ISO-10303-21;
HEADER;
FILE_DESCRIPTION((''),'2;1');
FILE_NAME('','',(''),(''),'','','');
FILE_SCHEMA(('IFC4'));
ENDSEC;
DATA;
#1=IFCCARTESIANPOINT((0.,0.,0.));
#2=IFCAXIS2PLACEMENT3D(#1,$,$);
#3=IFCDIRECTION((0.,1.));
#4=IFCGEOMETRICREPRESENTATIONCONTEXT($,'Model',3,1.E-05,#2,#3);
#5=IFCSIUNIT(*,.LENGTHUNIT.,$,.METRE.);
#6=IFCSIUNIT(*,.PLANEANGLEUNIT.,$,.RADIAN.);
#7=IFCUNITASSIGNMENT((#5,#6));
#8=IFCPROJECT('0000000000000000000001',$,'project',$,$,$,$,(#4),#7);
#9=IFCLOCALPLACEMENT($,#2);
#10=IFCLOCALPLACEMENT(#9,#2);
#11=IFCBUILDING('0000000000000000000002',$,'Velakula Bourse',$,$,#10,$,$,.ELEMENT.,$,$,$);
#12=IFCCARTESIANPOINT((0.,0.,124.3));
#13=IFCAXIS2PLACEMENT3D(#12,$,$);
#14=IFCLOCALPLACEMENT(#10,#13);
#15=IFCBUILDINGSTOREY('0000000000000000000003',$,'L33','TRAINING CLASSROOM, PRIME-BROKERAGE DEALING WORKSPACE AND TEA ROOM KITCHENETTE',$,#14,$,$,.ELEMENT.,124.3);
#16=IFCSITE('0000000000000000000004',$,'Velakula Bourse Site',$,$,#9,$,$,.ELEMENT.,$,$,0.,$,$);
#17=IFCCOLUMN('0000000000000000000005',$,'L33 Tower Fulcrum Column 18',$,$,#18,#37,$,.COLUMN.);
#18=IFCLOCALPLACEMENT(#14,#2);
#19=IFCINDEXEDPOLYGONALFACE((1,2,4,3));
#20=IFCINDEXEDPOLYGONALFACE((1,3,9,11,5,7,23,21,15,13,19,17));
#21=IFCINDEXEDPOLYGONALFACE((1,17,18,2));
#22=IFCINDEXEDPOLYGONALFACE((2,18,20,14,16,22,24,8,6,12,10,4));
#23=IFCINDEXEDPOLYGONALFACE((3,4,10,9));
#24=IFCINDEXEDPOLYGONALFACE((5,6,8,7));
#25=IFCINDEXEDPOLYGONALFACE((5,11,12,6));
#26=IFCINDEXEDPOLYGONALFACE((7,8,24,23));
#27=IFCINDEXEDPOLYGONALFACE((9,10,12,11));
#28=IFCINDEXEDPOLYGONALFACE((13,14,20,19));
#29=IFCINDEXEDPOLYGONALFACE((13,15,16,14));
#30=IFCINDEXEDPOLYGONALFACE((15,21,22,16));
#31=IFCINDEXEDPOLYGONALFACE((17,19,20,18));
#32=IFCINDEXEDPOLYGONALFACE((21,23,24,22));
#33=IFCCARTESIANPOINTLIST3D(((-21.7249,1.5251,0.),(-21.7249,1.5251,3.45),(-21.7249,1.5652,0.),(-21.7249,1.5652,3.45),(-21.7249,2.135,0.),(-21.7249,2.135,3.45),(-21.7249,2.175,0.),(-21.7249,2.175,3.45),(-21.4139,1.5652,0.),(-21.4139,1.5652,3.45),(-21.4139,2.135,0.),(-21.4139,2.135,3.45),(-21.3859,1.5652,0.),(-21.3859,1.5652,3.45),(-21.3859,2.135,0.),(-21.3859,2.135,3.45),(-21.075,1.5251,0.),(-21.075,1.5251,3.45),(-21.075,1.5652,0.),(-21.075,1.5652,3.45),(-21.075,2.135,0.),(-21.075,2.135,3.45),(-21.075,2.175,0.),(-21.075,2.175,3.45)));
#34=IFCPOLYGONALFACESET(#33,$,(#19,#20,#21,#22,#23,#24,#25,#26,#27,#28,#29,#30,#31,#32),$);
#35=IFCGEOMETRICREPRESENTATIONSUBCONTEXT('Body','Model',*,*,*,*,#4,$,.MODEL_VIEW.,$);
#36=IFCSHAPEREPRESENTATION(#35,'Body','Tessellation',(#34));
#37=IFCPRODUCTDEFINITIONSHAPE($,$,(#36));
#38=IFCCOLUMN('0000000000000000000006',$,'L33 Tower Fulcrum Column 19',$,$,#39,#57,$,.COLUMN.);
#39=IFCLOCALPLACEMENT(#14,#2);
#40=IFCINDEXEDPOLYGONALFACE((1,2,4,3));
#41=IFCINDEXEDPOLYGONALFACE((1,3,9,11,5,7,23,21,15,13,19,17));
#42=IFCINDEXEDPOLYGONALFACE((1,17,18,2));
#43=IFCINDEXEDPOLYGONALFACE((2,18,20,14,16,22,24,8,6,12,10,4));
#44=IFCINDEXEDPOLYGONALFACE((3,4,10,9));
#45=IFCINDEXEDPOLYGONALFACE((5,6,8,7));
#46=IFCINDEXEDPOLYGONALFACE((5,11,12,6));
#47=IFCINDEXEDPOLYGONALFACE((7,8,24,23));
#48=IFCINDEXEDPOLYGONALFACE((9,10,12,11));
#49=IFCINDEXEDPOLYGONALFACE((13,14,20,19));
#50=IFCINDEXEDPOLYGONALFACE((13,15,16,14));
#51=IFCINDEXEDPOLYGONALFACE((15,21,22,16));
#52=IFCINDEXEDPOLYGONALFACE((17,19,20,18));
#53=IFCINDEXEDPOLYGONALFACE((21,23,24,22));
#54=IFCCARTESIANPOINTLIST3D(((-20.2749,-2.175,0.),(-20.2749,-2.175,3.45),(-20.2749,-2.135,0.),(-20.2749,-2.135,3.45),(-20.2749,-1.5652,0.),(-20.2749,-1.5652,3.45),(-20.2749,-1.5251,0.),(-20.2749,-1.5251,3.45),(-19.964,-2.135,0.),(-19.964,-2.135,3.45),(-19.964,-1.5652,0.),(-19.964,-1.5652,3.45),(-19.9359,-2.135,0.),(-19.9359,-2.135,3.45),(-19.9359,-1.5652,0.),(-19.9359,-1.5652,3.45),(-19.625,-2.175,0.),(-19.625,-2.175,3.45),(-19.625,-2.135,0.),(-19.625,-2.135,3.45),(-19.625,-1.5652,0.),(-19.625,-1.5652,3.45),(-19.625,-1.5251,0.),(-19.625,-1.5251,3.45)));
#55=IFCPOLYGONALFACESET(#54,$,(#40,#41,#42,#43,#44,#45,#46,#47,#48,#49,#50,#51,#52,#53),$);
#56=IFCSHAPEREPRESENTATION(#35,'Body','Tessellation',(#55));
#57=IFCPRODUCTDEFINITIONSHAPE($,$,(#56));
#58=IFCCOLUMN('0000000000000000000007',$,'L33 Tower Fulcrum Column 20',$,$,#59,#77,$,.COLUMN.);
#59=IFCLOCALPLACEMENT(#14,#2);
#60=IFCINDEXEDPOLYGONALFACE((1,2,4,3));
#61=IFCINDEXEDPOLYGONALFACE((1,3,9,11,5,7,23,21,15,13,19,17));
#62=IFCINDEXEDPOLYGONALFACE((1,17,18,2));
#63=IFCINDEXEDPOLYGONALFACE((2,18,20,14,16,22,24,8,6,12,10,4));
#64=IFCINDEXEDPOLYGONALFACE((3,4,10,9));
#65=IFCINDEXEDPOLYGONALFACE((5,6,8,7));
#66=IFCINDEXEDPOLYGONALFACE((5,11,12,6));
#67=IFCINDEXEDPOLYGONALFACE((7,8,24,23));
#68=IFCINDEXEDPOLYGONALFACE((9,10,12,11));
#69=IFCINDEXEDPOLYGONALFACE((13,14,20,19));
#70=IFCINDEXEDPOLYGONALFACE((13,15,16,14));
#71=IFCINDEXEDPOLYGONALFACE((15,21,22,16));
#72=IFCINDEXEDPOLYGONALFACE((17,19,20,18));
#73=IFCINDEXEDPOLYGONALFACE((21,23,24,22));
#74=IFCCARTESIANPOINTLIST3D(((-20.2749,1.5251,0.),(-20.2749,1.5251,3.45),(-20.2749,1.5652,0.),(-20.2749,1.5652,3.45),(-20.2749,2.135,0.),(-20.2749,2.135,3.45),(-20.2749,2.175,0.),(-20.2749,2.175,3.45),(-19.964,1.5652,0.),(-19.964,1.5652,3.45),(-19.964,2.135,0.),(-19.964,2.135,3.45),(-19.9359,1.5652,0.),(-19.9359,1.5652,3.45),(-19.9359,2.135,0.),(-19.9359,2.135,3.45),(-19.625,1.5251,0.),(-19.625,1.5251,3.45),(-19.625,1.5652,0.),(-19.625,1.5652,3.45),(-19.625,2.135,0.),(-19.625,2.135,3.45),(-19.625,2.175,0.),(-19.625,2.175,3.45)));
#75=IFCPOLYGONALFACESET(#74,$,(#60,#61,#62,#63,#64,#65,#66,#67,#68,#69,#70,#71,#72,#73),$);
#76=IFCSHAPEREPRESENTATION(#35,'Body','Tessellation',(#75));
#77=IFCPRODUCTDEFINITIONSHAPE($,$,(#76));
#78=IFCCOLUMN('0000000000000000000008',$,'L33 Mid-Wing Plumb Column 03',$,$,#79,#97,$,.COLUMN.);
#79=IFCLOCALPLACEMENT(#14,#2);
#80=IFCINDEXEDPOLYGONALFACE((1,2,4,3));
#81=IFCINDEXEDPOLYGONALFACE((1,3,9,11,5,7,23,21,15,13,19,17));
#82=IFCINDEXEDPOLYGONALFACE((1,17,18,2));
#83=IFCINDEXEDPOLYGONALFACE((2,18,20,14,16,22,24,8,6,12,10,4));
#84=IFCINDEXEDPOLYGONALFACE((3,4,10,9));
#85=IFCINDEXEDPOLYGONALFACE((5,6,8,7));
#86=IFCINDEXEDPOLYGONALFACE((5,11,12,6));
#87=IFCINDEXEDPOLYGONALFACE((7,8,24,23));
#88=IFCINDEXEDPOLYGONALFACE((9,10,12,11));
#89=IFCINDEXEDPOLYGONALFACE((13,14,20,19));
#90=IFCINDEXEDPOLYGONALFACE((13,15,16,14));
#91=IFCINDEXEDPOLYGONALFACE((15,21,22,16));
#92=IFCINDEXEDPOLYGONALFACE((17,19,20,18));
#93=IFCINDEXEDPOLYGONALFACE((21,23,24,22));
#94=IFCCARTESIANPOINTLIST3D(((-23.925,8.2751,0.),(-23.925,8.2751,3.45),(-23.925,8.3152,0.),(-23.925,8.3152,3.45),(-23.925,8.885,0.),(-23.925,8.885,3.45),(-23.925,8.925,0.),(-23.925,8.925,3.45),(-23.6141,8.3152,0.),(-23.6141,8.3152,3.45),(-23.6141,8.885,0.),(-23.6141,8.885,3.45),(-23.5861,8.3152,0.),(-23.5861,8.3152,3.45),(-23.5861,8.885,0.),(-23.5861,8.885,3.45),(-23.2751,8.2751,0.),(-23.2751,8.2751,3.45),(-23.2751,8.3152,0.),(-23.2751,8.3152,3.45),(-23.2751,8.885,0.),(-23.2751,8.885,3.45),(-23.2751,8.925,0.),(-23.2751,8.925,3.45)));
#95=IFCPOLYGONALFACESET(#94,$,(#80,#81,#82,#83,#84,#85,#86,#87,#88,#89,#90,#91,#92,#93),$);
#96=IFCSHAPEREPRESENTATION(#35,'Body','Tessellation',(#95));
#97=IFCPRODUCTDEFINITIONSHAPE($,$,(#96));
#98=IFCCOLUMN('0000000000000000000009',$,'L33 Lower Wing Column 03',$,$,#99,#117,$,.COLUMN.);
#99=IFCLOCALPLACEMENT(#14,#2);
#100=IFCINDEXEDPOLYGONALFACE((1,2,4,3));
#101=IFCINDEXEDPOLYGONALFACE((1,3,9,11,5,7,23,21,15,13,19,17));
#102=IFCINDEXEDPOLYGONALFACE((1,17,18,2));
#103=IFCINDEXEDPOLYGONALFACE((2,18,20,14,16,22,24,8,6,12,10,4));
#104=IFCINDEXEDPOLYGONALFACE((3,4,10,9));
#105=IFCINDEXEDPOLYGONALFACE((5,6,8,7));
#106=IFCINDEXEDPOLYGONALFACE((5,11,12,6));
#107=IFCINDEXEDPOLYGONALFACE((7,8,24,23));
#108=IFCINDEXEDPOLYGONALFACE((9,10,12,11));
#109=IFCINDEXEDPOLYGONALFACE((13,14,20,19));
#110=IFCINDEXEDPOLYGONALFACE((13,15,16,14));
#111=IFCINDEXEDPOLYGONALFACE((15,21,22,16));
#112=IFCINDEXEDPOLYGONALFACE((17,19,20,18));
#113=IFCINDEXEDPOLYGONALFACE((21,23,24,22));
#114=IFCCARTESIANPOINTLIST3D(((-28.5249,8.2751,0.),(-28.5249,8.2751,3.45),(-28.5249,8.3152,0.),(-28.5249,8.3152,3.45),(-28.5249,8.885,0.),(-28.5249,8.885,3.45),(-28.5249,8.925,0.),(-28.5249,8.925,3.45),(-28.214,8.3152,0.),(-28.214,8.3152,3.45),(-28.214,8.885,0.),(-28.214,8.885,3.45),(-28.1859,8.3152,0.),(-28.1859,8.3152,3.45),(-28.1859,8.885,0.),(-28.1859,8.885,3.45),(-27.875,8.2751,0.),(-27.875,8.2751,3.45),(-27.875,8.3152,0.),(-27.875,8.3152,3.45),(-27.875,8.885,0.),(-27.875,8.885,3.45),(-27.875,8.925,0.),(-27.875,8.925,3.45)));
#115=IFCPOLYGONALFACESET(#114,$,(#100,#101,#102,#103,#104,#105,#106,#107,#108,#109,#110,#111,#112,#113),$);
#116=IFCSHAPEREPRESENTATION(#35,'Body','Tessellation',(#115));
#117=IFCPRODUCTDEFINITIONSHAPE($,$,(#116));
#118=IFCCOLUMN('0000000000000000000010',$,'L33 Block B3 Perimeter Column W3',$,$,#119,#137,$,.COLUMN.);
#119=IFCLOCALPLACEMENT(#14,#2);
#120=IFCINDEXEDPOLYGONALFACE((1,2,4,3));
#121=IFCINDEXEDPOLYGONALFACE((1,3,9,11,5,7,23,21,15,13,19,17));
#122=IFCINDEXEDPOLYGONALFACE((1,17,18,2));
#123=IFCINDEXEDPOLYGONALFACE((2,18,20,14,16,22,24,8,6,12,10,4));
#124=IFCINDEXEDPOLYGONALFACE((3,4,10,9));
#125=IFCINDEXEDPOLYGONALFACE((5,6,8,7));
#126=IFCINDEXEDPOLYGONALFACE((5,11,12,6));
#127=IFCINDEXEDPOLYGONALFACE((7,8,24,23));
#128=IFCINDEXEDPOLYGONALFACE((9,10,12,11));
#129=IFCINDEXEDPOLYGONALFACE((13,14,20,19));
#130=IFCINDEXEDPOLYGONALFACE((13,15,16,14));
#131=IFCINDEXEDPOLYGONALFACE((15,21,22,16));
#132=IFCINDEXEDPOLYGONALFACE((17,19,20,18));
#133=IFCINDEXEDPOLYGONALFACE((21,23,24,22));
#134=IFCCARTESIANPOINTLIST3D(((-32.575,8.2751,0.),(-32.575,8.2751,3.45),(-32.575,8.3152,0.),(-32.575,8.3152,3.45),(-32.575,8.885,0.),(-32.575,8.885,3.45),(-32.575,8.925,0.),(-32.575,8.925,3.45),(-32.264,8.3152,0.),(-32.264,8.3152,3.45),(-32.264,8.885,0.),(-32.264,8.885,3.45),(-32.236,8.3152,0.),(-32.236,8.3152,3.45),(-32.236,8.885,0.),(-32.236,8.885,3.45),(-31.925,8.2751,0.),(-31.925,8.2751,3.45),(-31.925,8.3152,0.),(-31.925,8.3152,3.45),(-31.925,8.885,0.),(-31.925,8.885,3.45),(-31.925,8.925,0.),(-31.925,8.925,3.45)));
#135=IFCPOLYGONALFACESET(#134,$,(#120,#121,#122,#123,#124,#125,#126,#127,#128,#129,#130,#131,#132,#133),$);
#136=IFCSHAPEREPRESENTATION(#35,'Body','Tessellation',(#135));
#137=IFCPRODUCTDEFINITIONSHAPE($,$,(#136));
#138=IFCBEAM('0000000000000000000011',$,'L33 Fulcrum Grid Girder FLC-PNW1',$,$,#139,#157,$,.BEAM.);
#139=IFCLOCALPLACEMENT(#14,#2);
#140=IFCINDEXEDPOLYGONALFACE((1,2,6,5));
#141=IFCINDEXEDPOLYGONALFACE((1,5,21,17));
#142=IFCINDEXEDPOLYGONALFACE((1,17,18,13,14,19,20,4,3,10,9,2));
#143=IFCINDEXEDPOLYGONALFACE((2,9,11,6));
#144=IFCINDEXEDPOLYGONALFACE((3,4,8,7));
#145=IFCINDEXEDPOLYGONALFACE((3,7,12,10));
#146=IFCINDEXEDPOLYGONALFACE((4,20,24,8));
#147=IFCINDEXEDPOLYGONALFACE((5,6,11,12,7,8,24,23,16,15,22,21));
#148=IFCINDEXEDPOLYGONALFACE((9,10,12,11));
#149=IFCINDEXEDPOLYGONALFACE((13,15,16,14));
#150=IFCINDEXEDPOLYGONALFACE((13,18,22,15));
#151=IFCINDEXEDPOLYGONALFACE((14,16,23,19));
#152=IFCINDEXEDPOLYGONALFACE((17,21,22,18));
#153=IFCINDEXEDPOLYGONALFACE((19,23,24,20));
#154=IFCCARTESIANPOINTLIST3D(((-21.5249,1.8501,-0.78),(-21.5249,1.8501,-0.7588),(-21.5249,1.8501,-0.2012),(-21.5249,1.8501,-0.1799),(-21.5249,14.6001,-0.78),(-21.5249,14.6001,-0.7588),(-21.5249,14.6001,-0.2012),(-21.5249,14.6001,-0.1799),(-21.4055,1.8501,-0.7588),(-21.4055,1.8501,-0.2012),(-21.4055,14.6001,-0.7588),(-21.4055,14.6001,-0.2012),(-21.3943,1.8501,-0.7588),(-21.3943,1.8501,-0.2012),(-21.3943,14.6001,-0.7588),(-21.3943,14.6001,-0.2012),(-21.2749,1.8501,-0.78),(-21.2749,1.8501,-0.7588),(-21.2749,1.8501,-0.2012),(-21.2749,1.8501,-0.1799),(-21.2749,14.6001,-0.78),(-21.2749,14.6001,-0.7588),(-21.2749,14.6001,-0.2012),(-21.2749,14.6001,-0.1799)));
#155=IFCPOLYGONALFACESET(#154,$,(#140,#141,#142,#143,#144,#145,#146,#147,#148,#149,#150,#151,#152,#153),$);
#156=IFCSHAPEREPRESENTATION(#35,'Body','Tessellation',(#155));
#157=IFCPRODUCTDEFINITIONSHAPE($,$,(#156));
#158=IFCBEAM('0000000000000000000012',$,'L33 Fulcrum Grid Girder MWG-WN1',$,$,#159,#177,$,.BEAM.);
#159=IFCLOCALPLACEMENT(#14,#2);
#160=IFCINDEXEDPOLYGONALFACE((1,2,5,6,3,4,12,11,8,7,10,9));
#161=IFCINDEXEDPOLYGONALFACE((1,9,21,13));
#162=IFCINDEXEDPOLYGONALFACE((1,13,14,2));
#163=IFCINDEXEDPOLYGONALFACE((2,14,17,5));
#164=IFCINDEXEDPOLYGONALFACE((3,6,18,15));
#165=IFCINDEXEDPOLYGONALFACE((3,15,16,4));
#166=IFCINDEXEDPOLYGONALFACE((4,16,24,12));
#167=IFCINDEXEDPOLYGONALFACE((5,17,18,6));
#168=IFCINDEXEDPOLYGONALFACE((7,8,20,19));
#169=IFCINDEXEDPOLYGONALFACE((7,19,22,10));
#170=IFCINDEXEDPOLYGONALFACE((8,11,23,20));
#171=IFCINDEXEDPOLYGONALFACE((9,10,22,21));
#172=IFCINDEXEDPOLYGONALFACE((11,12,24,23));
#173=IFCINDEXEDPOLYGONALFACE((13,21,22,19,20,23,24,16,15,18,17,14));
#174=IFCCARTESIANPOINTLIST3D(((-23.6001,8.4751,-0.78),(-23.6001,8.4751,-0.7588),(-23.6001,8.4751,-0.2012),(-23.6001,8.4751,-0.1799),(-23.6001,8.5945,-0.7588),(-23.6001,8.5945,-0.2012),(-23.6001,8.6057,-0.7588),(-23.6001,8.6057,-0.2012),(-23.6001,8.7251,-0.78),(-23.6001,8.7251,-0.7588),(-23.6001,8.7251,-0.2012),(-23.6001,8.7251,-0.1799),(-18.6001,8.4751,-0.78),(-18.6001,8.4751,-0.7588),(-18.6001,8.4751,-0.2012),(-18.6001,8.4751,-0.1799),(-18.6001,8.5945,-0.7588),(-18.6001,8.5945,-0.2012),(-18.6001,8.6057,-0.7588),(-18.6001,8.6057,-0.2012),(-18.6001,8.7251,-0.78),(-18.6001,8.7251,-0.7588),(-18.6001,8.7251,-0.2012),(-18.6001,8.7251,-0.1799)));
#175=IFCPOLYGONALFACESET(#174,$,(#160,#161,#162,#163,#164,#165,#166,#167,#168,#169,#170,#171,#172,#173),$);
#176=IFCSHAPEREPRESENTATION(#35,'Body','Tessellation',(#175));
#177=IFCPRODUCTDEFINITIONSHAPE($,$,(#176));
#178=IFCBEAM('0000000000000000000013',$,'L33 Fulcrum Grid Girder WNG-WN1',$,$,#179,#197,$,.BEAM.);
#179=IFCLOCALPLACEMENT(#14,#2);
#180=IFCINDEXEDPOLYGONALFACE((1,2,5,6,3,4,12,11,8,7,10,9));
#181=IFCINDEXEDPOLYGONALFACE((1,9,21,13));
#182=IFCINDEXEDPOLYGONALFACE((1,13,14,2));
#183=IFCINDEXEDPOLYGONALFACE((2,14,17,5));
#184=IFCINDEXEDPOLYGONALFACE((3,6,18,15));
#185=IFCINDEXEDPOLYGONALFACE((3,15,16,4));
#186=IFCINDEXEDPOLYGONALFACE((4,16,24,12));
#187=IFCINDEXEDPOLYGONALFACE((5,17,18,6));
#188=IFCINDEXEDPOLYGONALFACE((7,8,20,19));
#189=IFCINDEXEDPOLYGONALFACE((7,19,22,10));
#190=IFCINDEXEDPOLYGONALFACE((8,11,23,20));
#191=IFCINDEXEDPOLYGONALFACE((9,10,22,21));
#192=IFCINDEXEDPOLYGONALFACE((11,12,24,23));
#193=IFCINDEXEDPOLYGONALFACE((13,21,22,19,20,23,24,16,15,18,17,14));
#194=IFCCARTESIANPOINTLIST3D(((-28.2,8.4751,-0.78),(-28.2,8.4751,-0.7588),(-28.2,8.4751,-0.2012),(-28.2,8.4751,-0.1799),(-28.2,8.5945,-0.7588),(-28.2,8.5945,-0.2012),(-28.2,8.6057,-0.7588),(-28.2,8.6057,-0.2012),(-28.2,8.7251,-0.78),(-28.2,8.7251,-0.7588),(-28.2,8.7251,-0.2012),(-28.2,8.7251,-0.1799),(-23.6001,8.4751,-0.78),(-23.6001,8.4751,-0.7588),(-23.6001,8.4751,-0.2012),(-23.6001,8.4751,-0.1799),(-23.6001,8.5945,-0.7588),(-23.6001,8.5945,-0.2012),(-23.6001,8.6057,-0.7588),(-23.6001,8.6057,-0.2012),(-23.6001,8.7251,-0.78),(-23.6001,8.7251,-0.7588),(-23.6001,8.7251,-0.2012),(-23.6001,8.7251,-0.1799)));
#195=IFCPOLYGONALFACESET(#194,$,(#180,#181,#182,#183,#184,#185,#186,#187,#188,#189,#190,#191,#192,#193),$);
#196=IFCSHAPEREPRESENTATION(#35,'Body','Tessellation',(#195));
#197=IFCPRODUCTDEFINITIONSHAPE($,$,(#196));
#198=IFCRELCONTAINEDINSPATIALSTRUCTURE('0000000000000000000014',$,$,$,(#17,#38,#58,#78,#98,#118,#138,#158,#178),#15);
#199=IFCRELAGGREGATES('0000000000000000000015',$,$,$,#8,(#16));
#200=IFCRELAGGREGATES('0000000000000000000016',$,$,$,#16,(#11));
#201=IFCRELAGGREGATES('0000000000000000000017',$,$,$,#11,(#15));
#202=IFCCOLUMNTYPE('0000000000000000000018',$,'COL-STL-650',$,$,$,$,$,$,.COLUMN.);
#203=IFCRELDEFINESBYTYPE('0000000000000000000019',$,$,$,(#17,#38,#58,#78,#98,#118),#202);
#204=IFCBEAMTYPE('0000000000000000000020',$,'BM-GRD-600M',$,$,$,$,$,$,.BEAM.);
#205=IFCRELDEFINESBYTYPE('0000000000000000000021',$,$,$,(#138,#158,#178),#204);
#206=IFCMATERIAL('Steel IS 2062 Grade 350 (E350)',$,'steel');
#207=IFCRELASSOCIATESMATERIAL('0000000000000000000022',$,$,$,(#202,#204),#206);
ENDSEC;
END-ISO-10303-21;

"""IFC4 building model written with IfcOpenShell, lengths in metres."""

from ifc_helpers import new_model, si_unit, direction, frame, origin, origin_2d, place, context, subcontext, project, spatial, i_section, extrude, material, material_profile, profile_set, type_object, element, save


model = new_model("IFC4")

# Units and contexts
model_context = context("Model", 3, precision=1e-05, world=origin(), true_north=direction((0.0, 1.0)))
body_context = subcontext(model_context, "Body", "Model", "MODEL_VIEW")
ifc_project = project(units=[si_unit("LENGTHUNIT", "METRE"), si_unit("PLANEANGLEUNIT", "RADIAN")], contexts=[model_context])

# Site, building, storey
site_placement = place(None, origin())
site = spatial("IfcSite", under=ifc_project, at=site_placement, Name="Velakula Bourse Site", CompositionType="ELEMENT", RefElevation=0.0)
building_placement = place(site_placement, origin())
building = spatial("IfcBuilding", under=site, at=building_placement, Name="Velakula Bourse", CompositionType="ELEMENT")
storey_placement = place(building_placement, frame((0.0, 0.0, 124.3)))
storey = spatial("IfcBuildingStorey", under=building, at=storey_placement, Name="L33", Description="TRAINING CLASSROOM, PRIME-BROKERAGE DEALING WORKSPACE AND TEA ROOM KITCHENETTE", CompositionType="ELEMENT", Elevation=124.3)

# Columns
ifc_material_1 = material(Name="Steel IS 2062 Grade 350 (E350)", Category="steel")
ifc_material_profile_1 = material_profile(ifc_material_1, i_section(OverallWidth=0.6499, OverallDepth=0.6499, WebThickness=0.0281, FlangeThickness=0.04, at=origin_2d()), Name="Steel IS 2062 Grade 350 (E350)")
ifc_profile_set_1 = profile_set([ifc_material_profile_1], Name="Steel IS 2062 Grade 350 (E350)")
column_type = type_object("IfcColumnType", Name="COL-STL-650", PredefinedType="COLUMN", material=ifc_profile_set_1)
for number, where, z_axis, x_axis, name in (
    (1, (-21.3999, 1.8501, 0.0), (0.0, 0.0, 1.0), (1.0, 0.0, 0.0), "L33 Tower Fulcrum Column 18"),
    (2, (-19.95, -1.8501, 0.0), (0.0, 0.0, 1.0), (1.0, 0.0, 0.0), "L33 Tower Fulcrum Column 19"),
    (3, (-19.95, 1.8501, 0.0), (0.0, 0.0, 1.0), (1.0, 0.0, 0.0), "L33 Tower Fulcrum Column 20"),
    (4, (-23.6001, 8.6001, 0.0), (0.0, 0.0, 1.0), (1.0, 0.0, 0.0), "L33 Mid-Wing Plumb Column 03"),
    (5, (-28.2, 8.6001, 0.0), (0.0, 0.0, 1.0), (1.0, 0.0, 0.0), "L33 Lower Wing Column 03"),
    (6, (-32.25, 8.6001, 0.0), (0.0, 0.0, 1.0), (1.0, 0.0, 0.0), "L33 Block B3 Perimeter Column W3"),
):
    element("IfcColumn", number, at=place(storey_placement, frame(where, z_axis=z_axis, x_axis=x_axis)), inside=storey, type_object=column_type, Name=name, PredefinedType="COLUMN", context=body_context, shape_type="SweptSolid", body=[
        extrude(i_section(OverallWidth=0.6499, OverallDepth=0.6499, WebThickness=0.0281, FlangeThickness=0.04, at=origin_2d()), origin(), (0.0, 0.0, 1.0), 3.45),
    ])

# Beams
ifc_material_profile_2 = material_profile(ifc_material_1, i_section(OverallWidth=0.25, OverallDepth=0.6001, WebThickness=0.0112, FlangeThickness=0.0212, at=origin_2d()), Name="Steel IS 2062 Grade 350 (E350)")
ifc_profile_set_2 = profile_set([ifc_material_profile_2], Name="Steel IS 2062 Grade 350 (E350)")
beam_type_1 = type_object("IfcBeamType", Name="BM-GRD-600M", PredefinedType="BEAM", material=ifc_profile_set_2)
beam_1_placement = place(storey_placement, frame((-21.3999, 1.8501, -0.48), z_axis=(0.0, 1.0, 0.0), x_axis=(-1.0, 0.0, 0.0)))
element("IfcBeam", 7, at=beam_1_placement, inside=storey, type_object=beam_type_1, Name="L33 Fulcrum Grid Girder FLC-PNW1", PredefinedType="BEAM", context=body_context, shape_type="SweptSolid", body=[
    extrude(i_section(OverallWidth=0.25, OverallDepth=0.6001, WebThickness=0.0112, FlangeThickness=0.0212, at=origin_2d()), origin(), (0.0, 0.0, 1.0), 12.75),
])
beam_2_placement = place(storey_placement, frame((-23.6001, 8.6001, -0.48), z_axis=(1.0, 0.0, 0.0), x_axis=(0.0, 1.0, 0.0)))
element("IfcBeam", 8, at=beam_2_placement, inside=storey, type_object=beam_type_1, Name="L33 Fulcrum Grid Girder MWG-WN1", PredefinedType="BEAM", context=body_context, shape_type="SweptSolid", body=[
    extrude(i_section(OverallWidth=0.25, OverallDepth=0.6001, WebThickness=0.0112, FlangeThickness=0.0212, at=origin_2d()), origin(), (0.0, 0.0, 1.0), 5.0),
])
beam_3_placement = place(storey_placement, frame((-28.2, 8.6001, -0.48), z_axis=(1.0, 0.0, 0.0), x_axis=(0.0, 1.0, 0.0)))
element("IfcBeam", 9, at=beam_3_placement, inside=storey, type_object=beam_type_1, Name="L33 Fulcrum Grid Girder WNG-WN1", PredefinedType="BEAM", context=body_context, shape_type="SweptSolid", body=[
    extrude(i_section(OverallWidth=0.25, OverallDepth=0.6001, WebThickness=0.0112, FlangeThickness=0.0212, at=origin_2d()), origin(), (0.0, 0.0, 1.0), 4.5999),
])

save(model, "model.ifc")
